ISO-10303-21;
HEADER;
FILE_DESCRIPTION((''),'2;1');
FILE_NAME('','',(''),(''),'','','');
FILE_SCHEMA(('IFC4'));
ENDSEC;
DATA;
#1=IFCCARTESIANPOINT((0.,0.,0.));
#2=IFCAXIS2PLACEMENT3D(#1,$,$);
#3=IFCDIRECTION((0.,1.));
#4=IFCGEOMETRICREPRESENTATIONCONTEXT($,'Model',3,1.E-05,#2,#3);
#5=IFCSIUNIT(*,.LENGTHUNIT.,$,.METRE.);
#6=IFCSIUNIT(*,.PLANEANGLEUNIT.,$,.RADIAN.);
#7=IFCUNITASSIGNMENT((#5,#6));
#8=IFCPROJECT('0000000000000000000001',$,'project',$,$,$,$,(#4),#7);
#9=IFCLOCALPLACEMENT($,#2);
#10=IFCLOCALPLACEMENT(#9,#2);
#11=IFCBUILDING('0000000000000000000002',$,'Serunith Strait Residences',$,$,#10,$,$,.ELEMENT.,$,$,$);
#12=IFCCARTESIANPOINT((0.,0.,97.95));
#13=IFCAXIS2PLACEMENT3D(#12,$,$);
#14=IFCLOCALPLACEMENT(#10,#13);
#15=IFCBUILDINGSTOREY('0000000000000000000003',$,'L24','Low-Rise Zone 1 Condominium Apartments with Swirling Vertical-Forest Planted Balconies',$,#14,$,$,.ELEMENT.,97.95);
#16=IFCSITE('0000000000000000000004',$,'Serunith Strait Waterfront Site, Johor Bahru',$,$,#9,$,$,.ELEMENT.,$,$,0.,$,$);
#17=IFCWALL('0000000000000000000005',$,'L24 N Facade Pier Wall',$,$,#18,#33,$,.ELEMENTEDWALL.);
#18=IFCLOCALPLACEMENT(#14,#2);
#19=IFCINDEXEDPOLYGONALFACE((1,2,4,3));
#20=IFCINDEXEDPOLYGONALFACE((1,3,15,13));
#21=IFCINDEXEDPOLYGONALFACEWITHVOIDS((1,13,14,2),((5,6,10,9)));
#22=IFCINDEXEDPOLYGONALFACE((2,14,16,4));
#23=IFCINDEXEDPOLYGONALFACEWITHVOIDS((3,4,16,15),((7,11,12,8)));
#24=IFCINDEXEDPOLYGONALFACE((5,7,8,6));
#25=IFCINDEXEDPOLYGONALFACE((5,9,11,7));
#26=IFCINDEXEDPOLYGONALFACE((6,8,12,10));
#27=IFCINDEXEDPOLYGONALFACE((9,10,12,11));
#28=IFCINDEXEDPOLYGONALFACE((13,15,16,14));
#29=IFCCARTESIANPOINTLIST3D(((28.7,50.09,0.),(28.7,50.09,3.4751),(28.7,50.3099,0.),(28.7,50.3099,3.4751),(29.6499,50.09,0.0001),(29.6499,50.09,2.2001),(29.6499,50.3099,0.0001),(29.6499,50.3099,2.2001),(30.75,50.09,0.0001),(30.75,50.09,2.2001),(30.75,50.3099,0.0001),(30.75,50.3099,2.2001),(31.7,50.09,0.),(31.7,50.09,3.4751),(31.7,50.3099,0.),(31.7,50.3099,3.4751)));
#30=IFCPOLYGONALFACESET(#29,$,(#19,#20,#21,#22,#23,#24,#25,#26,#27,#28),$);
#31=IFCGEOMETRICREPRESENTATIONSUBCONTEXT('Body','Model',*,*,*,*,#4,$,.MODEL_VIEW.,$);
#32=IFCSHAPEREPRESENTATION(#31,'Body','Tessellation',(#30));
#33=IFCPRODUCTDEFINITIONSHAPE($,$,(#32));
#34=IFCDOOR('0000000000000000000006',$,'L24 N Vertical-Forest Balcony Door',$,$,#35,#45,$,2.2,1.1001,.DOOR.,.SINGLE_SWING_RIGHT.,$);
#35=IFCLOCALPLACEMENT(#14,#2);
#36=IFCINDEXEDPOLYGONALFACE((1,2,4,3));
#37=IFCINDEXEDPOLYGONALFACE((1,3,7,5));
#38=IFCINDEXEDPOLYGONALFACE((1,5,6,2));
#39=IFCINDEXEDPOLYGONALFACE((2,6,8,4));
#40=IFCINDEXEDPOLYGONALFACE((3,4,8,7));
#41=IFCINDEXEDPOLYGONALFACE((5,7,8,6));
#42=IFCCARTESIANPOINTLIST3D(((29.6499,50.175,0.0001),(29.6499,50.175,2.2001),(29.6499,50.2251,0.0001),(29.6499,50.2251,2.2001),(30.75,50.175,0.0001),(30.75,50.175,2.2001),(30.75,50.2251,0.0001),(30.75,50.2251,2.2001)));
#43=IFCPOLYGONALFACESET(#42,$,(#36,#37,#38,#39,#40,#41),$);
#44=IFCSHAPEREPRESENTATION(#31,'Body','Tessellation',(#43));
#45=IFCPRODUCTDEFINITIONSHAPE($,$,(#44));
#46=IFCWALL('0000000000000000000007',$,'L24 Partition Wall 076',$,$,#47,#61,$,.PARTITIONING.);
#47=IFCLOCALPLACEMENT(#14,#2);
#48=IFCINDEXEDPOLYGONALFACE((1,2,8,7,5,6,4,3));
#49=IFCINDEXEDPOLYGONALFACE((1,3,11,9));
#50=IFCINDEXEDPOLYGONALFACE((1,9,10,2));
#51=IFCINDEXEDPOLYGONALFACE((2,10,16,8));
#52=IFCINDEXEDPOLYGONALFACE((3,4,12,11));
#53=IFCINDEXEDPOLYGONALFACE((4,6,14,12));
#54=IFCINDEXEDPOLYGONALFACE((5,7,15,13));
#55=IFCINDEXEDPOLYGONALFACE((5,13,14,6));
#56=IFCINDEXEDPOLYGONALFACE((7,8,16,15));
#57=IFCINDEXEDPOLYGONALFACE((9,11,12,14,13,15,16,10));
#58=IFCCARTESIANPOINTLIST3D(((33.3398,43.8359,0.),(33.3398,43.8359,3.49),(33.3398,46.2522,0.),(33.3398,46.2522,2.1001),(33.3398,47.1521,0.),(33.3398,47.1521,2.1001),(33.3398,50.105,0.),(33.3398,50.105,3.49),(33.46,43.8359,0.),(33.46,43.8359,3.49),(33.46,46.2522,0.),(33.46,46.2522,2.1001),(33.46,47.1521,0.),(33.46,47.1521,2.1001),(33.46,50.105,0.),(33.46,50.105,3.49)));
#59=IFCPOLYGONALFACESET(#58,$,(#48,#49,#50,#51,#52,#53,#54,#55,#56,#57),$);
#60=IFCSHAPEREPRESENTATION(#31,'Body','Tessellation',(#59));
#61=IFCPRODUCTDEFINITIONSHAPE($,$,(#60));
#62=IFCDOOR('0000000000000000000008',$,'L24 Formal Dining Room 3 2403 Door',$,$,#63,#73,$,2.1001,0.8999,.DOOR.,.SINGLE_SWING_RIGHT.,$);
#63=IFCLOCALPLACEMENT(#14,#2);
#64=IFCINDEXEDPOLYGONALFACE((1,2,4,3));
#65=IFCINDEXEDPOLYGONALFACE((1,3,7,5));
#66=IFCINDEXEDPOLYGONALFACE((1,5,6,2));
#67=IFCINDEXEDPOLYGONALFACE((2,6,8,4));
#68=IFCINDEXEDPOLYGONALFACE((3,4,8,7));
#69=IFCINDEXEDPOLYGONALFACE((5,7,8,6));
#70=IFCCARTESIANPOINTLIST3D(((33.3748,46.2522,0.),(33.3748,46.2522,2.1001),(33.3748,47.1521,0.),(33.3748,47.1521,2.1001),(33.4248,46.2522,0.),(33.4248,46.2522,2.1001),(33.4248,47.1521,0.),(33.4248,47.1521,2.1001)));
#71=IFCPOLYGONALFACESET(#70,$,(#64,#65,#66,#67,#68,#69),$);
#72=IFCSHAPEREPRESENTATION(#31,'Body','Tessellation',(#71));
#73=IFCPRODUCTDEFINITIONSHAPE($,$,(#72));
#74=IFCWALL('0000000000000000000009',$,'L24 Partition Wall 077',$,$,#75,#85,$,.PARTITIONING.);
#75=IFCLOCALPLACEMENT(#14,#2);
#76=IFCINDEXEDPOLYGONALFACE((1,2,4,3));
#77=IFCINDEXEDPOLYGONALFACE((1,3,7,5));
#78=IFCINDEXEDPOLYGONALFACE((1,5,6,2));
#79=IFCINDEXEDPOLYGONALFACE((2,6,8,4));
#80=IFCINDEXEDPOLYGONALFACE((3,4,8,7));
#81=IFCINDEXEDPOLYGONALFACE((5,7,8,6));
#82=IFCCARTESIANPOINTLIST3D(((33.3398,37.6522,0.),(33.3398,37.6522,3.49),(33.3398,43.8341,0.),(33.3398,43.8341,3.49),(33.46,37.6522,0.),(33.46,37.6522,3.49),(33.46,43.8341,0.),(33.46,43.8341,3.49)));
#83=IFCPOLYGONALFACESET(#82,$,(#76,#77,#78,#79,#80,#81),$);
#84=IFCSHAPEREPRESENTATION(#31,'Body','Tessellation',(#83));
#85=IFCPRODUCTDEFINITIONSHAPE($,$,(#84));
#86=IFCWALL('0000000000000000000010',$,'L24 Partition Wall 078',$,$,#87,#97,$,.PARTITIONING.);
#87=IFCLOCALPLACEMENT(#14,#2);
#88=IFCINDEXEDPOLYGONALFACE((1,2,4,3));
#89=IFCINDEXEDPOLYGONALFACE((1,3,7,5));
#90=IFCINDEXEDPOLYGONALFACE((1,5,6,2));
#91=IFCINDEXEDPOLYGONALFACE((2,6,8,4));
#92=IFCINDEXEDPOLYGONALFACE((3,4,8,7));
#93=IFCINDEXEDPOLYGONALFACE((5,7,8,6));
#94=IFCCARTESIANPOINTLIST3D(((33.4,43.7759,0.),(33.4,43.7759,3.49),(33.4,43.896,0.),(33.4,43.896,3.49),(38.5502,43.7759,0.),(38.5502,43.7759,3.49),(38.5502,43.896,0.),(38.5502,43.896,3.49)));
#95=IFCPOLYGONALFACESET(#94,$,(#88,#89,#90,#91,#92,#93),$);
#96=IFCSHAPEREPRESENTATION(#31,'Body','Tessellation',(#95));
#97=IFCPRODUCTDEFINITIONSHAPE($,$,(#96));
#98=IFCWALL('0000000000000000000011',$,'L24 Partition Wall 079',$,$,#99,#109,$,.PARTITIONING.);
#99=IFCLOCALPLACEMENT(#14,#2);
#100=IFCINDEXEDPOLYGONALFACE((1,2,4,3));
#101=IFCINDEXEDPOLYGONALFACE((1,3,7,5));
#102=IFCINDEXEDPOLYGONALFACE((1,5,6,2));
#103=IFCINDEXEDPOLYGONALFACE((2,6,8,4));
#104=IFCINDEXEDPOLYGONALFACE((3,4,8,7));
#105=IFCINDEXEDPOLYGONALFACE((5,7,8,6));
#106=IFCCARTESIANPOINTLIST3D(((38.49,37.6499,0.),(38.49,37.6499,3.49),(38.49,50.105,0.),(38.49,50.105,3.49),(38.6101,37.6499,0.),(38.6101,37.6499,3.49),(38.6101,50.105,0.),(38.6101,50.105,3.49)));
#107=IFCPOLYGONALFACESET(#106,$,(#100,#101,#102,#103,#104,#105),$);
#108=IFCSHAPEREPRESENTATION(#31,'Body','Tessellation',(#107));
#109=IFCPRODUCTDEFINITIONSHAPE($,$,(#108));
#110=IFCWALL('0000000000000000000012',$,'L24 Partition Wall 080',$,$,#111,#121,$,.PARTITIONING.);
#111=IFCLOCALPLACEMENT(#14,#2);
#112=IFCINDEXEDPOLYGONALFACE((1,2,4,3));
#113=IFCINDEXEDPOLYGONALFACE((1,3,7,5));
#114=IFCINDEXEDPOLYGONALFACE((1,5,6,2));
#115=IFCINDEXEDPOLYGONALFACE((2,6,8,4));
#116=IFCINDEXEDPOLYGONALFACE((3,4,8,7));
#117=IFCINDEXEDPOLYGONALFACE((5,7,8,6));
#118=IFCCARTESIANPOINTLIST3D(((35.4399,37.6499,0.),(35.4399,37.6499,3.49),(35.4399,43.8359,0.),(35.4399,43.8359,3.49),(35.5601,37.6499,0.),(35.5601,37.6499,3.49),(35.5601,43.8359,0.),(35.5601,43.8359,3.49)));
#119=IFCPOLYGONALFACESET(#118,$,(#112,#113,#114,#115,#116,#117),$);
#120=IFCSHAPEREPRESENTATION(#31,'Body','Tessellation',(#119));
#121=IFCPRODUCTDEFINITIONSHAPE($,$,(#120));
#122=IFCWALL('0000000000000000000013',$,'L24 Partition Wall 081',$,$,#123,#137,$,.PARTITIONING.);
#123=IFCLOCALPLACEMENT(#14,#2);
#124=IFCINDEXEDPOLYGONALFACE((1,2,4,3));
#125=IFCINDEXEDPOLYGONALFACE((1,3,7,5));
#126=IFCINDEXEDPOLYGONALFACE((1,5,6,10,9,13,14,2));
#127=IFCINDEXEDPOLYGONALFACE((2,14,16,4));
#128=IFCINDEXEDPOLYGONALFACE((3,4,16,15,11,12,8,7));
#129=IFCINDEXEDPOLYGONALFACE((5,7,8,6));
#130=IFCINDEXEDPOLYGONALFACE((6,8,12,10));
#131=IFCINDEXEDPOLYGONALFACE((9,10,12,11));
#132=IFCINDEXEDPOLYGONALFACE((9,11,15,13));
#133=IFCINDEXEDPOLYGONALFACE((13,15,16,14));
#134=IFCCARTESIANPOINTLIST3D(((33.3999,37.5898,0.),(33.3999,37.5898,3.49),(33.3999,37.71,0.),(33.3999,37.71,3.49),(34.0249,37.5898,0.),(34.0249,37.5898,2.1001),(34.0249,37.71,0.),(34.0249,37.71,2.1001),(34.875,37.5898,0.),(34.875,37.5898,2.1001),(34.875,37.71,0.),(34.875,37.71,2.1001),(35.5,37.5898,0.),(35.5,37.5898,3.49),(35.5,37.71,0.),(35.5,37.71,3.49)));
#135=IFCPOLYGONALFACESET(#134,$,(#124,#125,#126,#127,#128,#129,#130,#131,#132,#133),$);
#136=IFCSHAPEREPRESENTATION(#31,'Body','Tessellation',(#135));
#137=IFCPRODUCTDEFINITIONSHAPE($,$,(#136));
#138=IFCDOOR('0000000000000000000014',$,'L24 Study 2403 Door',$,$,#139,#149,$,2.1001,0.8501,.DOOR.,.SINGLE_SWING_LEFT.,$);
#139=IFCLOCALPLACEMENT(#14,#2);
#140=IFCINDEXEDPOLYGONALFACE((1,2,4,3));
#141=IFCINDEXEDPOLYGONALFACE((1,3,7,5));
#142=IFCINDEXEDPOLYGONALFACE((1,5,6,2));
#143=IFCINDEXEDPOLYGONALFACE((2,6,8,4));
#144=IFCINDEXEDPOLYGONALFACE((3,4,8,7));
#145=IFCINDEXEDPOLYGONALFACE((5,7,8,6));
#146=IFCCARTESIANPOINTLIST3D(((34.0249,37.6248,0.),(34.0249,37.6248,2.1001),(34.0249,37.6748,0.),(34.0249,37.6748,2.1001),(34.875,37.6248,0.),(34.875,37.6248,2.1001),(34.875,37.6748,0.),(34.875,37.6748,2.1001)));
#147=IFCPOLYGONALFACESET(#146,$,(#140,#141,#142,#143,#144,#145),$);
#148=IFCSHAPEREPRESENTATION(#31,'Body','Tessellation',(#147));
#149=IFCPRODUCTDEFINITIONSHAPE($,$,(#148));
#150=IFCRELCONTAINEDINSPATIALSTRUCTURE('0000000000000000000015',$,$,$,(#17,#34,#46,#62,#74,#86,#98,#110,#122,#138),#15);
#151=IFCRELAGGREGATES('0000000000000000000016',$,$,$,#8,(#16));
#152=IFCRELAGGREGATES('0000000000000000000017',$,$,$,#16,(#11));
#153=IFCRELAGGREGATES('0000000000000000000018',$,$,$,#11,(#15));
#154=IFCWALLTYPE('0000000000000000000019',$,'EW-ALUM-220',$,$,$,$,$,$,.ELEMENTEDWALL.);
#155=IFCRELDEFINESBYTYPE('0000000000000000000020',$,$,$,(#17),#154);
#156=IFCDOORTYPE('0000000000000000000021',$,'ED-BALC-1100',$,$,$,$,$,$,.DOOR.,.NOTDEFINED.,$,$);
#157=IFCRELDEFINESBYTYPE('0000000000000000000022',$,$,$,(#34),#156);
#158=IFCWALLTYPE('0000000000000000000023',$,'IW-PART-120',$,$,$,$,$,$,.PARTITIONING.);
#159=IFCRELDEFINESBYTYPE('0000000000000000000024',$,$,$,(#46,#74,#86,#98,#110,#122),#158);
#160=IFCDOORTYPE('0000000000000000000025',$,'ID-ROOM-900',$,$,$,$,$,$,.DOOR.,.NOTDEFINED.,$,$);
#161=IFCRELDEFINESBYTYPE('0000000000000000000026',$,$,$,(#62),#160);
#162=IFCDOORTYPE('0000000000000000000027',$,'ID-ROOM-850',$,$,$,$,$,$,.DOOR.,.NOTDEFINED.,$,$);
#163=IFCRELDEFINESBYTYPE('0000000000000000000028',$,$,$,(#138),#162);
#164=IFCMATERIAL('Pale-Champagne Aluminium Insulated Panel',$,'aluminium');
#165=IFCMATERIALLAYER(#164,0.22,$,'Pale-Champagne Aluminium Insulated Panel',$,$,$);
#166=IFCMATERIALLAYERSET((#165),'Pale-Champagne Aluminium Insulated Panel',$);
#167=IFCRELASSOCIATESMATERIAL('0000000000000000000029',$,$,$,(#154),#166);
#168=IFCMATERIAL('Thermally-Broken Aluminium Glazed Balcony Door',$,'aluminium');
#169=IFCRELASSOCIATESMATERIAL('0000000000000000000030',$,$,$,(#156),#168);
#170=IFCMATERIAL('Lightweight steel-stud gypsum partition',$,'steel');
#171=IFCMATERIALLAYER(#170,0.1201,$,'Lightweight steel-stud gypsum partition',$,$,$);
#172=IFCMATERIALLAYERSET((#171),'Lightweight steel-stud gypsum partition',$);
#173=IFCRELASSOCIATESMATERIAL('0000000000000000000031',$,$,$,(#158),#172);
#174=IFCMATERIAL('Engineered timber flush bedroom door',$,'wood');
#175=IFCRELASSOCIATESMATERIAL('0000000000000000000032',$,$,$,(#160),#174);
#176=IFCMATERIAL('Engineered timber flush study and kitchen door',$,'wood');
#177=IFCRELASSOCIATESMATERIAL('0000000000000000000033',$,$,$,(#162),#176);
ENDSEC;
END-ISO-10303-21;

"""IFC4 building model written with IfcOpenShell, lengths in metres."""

from ifc_helpers import new_model, si_unit, direction, frame, frame_2d, origin, place, context, subcontext, project, spatial, rectangle, extrude, source, transform, mapped, material, layer, layer_set, type_object, element, fill, save


model = new_model("IFC4")

# Units and contexts
model_context = context("Model", 3, precision=1e-05, world=origin(), true_north=direction((0.0, 1.0)))
body_context = subcontext(model_context, "Body", "Model", "MODEL_VIEW")
ifc_project = project(units=[si_unit("LENGTHUNIT", "METRE"), si_unit("PLANEANGLEUNIT", "RADIAN")], contexts=[model_context])

# Site, building, storey
site_placement = place(None, origin())
site = spatial("IfcSite", under=ifc_project, at=site_placement, Name="Serunith Strait Waterfront Site, Johor Bahru", CompositionType="ELEMENT", RefElevation=0.0)
building_placement = place(site_placement, origin())
building = spatial("IfcBuilding", under=site, at=building_placement, Name="Serunith Strait Residences", CompositionType="ELEMENT")
storey_placement = place(building_placement, frame((0.0, 0.0, 97.95)))
storey = spatial("IfcBuildingStorey", under=building, at=storey_placement, Name="L24", Description="Low-Rise Zone 1 Condominium Apartments with Swirling Vertical-Forest Planted Balconies", CompositionType="ELEMENT", Elevation=97.95)

# Walls, openings, doors
ifc_material_1 = material(Name="Pale-Champagne Aluminium Insulated Panel", Category="aluminium")
ifc_layer_1 = layer(ifc_material_1, 0.22, Name="Pale-Champagne Aluminium Insulated Panel")
ifc_layer_set_1 = layer_set([ifc_layer_1], Name="Pale-Champagne Aluminium Insulated Panel")
wall_type_1 = type_object("IfcWallType", Name="EW-ALUM-220", PredefinedType="ELEMENTEDWALL", material=ifc_layer_set_1)
wall_1_placement = place(storey_placement, frame((31.7, 50.2, 0.0), z_axis=(0.0, 0.0, 1.0), x_axis=(-1.0, 0.0, 0.0)))
wall_1 = element("IfcWall", 1, at=wall_1_placement, inside=storey, type_object=wall_type_1, Name="L24 N Facade Pier Wall", PredefinedType="ELEMENTEDWALL", context=body_context, shape_type="SweptSolid", body=[
    extrude(rectangle(XDim=3.0, YDim=0.22, at=frame_2d((1.5, 0.0))), origin(), (0.0, 0.0, 1.0), 3.4751),
])
opening_1_placement = place(wall_1_placement, frame((0.95, 0.0, 0.0)))
opening_1 = element("IfcOpeningElement", 2, at=opening_1_placement, cuts=wall_1, PredefinedType="OPENING", context=body_context, shape_type="SweptSolid", body=[
    extrude(rectangle(XDim=1.1001, YDim=2.2, at=frame_2d((0.55, 1.1001))), frame((0.0, 0.1201, 0.0), z_axis=(0.0, -1.0, 0.0), x_axis=(1.0, 0.0, 0.0)), (0.0, 0.0, 1.0), 0.24),
])
ifc_material_2 = material(Name="Thermally-Broken Aluminium Glazed Balcony Door", Category="aluminium")
door_type_1 = type_object("IfcDoorType", Name="ED-BALC-1100", OperationType="NOTDEFINED", PredefinedType="DOOR", material=ifc_material_2)
shared_shape_1 = source(origin(), body_context, "Body", "SweptSolid", [
    extrude(rectangle(XDim=1.1001, YDim=2.2, at=frame_2d((0.55, 1.1001))), frame((0.0, 0.0249, 0.0), z_axis=(0.0, -1.0, 0.0), x_axis=(1.0, 0.0, 0.0)), (0.0, 0.0, 1.0), 0.05),
])
door_1_placement = place(opening_1_placement, origin())
door_1 = element("IfcDoor", 3, at=door_1_placement, inside=storey, type_object=door_type_1, Name="L24 N Vertical-Forest Balcony Door", OperationType="SINGLE_SWING_RIGHT", OverallHeight=2.2, OverallWidth=1.1001, PredefinedType="DOOR", context=body_context, shape_type="MappedRepresentation", body=[
    mapped(shared_shape_1, transform((0.0, 0.0, 0.0), scale=1.0)),
])
fill(opening_1, door_1)
ifc_material_3 = material(Name="Lightweight steel-stud gypsum partition", Category="steel")
ifc_layer_2 = layer(ifc_material_3, 0.1201, Name="Lightweight steel-stud gypsum partition")
ifc_layer_set_2 = layer_set([ifc_layer_2], Name="Lightweight steel-stud gypsum partition")
wall_type_2 = type_object("IfcWallType", Name="IW-PART-120", PredefinedType="PARTITIONING", material=ifc_layer_set_2)
wall_2_placement = place(storey_placement, frame((33.3999, 50.105, 0.0), z_axis=(0.0, 0.0, 1.0), x_axis=(0.0, -1.0, 0.0)))
wall_2 = element("IfcWall", 4, at=wall_2_placement, inside=storey, type_object=wall_type_2, Name="L24 Partition Wall 076", PredefinedType="PARTITIONING", context=body_context, shape_type="SweptSolid", body=[
    extrude(rectangle(XDim=6.269, YDim=0.1201, at=frame_2d((3.1345, 0.0))), origin(), (0.0, 0.0, 1.0), 3.49),
])
opening_2_placement = place(wall_2_placement, frame((2.9529, 0.0, 0.0)))
opening_2 = element("IfcOpeningElement", 5, at=opening_2_placement, cuts=wall_2, PredefinedType="OPENING", context=body_context, shape_type="SweptSolid", body=[
    extrude(rectangle(XDim=0.8999, YDim=2.1001, at=frame_2d((0.45, 1.05))), frame((0.0, 0.0701, 0.0), z_axis=(0.0, -1.0, 0.0), x_axis=(1.0, 0.0, 0.0)), (0.0, 0.0, 1.0), 0.1401),
])
ifc_material_4 = material(Name="Engineered timber flush bedroom door", Category="wood")
door_type_2 = type_object("IfcDoorType", Name="ID-ROOM-900", OperationType="NOTDEFINED", PredefinedType="DOOR", material=ifc_material_4)
shared_shape_2 = source(origin(), body_context, "Body", "SweptSolid", [
    extrude(rectangle(XDim=0.8999, YDim=2.1001, at=frame_2d((0.45, 1.05))), frame((0.0, 0.0249, 0.0), z_axis=(0.0, -1.0, 0.0), x_axis=(1.0, 0.0, 0.0)), (0.0, 0.0, 1.0), 0.05),
])
door_2_placement = place(opening_2_placement, origin())
door_2 = element("IfcDoor", 6, at=door_2_placement, inside=storey, type_object=door_type_2, Name="L24 Formal Dining Room 3 2403 Door", OperationType="SINGLE_SWING_RIGHT", OverallHeight=2.1001, OverallWidth=0.8999, PredefinedType="DOOR", context=body_context, shape_type="MappedRepresentation", body=[
    mapped(shared_shape_2, transform((0.0, 0.0, 0.0), scale=1.0)),
])
fill(opening_2, door_2)

# Walls
wall_3_placement = place(storey_placement, frame((33.3999, 43.834, 0.0), z_axis=(0.0, 0.0, 1.0), x_axis=(0.0, -1.0, 0.0)))
element("IfcWall", 7, at=wall_3_placement, inside=storey, type_object=wall_type_2, Name="L24 Partition Wall 077", PredefinedType="PARTITIONING", context=body_context, shape_type="SweptSolid", body=[
    extrude(rectangle(XDim=6.1819, YDim=0.1201, at=frame_2d((3.0908, 0.0))), origin(), (0.0, 0.0, 1.0), 3.49),
])
wall_4_placement = place(storey_placement, frame((33.3999, 43.8359, 0.0), z_axis=(0.0, 0.0, 1.0), x_axis=(1.0, 0.0, 0.0)))
element("IfcWall", 8, at=wall_4_placement, inside=storey, type_object=wall_type_2, Name="L24 Partition Wall 078", PredefinedType="PARTITIONING", context=body_context, shape_type="SweptSolid", body=[
    extrude(rectangle(XDim=5.1501, YDim=0.1201, at=frame_2d((2.5752, 0.0))), origin(), (0.0, 0.0, 1.0), 3.49),
])
wall_5_placement = place(storey_placement, frame((38.55, 50.105, 0.0), z_axis=(0.0, 0.0, 1.0), x_axis=(0.0, -1.0, 0.0)))
element("IfcWall", 9, at=wall_5_placement, inside=storey, type_object=wall_type_2, Name="L24 Partition Wall 079", PredefinedType="PARTITIONING", context=body_context, shape_type="SweptSolid", body=[
    extrude(rectangle(XDim=12.4551, YDim=0.1201, at=frame_2d((6.2275, 0.0))), origin(), (0.0, 0.0, 1.0), 3.49),
])
wall_6_placement = place(storey_placement, frame((35.5, 43.8359, 0.0), z_axis=(0.0, 0.0, 1.0), x_axis=(0.0, -1.0, 0.0)))
element("IfcWall", 10, at=wall_6_placement, inside=storey, type_object=wall_type_2, Name="L24 Partition Wall 080", PredefinedType="PARTITIONING", context=body_context, shape_type="SweptSolid", body=[
    extrude(rectangle(XDim=6.186, YDim=0.1201, at=frame_2d((3.093, 0.0))), origin(), (0.0, 0.0, 1.0), 3.49),
])

# Wall, opening, door
wall_7_placement = place(storey_placement, frame((33.3999, 37.6499, 0.0), z_axis=(0.0, 0.0, 1.0), x_axis=(1.0, 0.0, 0.0)))
wall_7 = element("IfcWall", 11, at=wall_7_placement, inside=storey, type_object=wall_type_2, Name="L24 Partition Wall 081", PredefinedType="PARTITIONING", context=body_context, shape_type="SweptSolid", body=[
    extrude(rectangle(XDim=2.1001, YDim=0.1201, at=frame_2d((1.05, 0.0))), origin(), (0.0, 0.0, 1.0), 3.49),
])
opening_3_placement = place(wall_7_placement, frame((0.625, 0.0, 0.0)))
opening_3 = element("IfcOpeningElement", 12, at=opening_3_placement, cuts=wall_7, PredefinedType="OPENING", context=body_context, shape_type="SweptSolid", body=[
    extrude(rectangle(XDim=0.8501, YDim=2.1001, at=frame_2d((0.425, 1.05))), frame((0.0, 0.0701, 0.0), z_axis=(0.0, -1.0, 0.0), x_axis=(1.0, 0.0, 0.0)), (0.0, 0.0, 1.0), 0.1401),
])
ifc_material_5 = material(Name="Engineered timber flush study and kitchen door", Category="wood")
door_type_3 = type_object("IfcDoorType", Name="ID-ROOM-850", OperationType="NOTDEFINED", PredefinedType="DOOR", material=ifc_material_5)
shared_shape_3 = source(origin(), body_context, "Body", "SweptSolid", [
    extrude(rectangle(XDim=0.8501, YDim=2.1001, at=frame_2d((0.425, 1.05))), frame((0.0, 0.0249, 0.0), z_axis=(0.0, -1.0, 0.0), x_axis=(1.0, 0.0, 0.0)), (0.0, 0.0, 1.0), 0.05),
])
door_3_placement = place(opening_3_placement, origin())
door_3 = element("IfcDoor", 13, at=door_3_placement, inside=storey, type_object=door_type_3, Name="L24 Study 2403 Door", OperationType="SINGLE_SWING_LEFT", OverallHeight=2.1001, OverallWidth=0.8501, PredefinedType="DOOR", context=body_context, shape_type="MappedRepresentation", body=[
    mapped(shared_shape_3, transform((0.0, 0.0, 0.0), scale=1.0)),
])
fill(opening_3, door_3)

save(model, "model.ifc")
